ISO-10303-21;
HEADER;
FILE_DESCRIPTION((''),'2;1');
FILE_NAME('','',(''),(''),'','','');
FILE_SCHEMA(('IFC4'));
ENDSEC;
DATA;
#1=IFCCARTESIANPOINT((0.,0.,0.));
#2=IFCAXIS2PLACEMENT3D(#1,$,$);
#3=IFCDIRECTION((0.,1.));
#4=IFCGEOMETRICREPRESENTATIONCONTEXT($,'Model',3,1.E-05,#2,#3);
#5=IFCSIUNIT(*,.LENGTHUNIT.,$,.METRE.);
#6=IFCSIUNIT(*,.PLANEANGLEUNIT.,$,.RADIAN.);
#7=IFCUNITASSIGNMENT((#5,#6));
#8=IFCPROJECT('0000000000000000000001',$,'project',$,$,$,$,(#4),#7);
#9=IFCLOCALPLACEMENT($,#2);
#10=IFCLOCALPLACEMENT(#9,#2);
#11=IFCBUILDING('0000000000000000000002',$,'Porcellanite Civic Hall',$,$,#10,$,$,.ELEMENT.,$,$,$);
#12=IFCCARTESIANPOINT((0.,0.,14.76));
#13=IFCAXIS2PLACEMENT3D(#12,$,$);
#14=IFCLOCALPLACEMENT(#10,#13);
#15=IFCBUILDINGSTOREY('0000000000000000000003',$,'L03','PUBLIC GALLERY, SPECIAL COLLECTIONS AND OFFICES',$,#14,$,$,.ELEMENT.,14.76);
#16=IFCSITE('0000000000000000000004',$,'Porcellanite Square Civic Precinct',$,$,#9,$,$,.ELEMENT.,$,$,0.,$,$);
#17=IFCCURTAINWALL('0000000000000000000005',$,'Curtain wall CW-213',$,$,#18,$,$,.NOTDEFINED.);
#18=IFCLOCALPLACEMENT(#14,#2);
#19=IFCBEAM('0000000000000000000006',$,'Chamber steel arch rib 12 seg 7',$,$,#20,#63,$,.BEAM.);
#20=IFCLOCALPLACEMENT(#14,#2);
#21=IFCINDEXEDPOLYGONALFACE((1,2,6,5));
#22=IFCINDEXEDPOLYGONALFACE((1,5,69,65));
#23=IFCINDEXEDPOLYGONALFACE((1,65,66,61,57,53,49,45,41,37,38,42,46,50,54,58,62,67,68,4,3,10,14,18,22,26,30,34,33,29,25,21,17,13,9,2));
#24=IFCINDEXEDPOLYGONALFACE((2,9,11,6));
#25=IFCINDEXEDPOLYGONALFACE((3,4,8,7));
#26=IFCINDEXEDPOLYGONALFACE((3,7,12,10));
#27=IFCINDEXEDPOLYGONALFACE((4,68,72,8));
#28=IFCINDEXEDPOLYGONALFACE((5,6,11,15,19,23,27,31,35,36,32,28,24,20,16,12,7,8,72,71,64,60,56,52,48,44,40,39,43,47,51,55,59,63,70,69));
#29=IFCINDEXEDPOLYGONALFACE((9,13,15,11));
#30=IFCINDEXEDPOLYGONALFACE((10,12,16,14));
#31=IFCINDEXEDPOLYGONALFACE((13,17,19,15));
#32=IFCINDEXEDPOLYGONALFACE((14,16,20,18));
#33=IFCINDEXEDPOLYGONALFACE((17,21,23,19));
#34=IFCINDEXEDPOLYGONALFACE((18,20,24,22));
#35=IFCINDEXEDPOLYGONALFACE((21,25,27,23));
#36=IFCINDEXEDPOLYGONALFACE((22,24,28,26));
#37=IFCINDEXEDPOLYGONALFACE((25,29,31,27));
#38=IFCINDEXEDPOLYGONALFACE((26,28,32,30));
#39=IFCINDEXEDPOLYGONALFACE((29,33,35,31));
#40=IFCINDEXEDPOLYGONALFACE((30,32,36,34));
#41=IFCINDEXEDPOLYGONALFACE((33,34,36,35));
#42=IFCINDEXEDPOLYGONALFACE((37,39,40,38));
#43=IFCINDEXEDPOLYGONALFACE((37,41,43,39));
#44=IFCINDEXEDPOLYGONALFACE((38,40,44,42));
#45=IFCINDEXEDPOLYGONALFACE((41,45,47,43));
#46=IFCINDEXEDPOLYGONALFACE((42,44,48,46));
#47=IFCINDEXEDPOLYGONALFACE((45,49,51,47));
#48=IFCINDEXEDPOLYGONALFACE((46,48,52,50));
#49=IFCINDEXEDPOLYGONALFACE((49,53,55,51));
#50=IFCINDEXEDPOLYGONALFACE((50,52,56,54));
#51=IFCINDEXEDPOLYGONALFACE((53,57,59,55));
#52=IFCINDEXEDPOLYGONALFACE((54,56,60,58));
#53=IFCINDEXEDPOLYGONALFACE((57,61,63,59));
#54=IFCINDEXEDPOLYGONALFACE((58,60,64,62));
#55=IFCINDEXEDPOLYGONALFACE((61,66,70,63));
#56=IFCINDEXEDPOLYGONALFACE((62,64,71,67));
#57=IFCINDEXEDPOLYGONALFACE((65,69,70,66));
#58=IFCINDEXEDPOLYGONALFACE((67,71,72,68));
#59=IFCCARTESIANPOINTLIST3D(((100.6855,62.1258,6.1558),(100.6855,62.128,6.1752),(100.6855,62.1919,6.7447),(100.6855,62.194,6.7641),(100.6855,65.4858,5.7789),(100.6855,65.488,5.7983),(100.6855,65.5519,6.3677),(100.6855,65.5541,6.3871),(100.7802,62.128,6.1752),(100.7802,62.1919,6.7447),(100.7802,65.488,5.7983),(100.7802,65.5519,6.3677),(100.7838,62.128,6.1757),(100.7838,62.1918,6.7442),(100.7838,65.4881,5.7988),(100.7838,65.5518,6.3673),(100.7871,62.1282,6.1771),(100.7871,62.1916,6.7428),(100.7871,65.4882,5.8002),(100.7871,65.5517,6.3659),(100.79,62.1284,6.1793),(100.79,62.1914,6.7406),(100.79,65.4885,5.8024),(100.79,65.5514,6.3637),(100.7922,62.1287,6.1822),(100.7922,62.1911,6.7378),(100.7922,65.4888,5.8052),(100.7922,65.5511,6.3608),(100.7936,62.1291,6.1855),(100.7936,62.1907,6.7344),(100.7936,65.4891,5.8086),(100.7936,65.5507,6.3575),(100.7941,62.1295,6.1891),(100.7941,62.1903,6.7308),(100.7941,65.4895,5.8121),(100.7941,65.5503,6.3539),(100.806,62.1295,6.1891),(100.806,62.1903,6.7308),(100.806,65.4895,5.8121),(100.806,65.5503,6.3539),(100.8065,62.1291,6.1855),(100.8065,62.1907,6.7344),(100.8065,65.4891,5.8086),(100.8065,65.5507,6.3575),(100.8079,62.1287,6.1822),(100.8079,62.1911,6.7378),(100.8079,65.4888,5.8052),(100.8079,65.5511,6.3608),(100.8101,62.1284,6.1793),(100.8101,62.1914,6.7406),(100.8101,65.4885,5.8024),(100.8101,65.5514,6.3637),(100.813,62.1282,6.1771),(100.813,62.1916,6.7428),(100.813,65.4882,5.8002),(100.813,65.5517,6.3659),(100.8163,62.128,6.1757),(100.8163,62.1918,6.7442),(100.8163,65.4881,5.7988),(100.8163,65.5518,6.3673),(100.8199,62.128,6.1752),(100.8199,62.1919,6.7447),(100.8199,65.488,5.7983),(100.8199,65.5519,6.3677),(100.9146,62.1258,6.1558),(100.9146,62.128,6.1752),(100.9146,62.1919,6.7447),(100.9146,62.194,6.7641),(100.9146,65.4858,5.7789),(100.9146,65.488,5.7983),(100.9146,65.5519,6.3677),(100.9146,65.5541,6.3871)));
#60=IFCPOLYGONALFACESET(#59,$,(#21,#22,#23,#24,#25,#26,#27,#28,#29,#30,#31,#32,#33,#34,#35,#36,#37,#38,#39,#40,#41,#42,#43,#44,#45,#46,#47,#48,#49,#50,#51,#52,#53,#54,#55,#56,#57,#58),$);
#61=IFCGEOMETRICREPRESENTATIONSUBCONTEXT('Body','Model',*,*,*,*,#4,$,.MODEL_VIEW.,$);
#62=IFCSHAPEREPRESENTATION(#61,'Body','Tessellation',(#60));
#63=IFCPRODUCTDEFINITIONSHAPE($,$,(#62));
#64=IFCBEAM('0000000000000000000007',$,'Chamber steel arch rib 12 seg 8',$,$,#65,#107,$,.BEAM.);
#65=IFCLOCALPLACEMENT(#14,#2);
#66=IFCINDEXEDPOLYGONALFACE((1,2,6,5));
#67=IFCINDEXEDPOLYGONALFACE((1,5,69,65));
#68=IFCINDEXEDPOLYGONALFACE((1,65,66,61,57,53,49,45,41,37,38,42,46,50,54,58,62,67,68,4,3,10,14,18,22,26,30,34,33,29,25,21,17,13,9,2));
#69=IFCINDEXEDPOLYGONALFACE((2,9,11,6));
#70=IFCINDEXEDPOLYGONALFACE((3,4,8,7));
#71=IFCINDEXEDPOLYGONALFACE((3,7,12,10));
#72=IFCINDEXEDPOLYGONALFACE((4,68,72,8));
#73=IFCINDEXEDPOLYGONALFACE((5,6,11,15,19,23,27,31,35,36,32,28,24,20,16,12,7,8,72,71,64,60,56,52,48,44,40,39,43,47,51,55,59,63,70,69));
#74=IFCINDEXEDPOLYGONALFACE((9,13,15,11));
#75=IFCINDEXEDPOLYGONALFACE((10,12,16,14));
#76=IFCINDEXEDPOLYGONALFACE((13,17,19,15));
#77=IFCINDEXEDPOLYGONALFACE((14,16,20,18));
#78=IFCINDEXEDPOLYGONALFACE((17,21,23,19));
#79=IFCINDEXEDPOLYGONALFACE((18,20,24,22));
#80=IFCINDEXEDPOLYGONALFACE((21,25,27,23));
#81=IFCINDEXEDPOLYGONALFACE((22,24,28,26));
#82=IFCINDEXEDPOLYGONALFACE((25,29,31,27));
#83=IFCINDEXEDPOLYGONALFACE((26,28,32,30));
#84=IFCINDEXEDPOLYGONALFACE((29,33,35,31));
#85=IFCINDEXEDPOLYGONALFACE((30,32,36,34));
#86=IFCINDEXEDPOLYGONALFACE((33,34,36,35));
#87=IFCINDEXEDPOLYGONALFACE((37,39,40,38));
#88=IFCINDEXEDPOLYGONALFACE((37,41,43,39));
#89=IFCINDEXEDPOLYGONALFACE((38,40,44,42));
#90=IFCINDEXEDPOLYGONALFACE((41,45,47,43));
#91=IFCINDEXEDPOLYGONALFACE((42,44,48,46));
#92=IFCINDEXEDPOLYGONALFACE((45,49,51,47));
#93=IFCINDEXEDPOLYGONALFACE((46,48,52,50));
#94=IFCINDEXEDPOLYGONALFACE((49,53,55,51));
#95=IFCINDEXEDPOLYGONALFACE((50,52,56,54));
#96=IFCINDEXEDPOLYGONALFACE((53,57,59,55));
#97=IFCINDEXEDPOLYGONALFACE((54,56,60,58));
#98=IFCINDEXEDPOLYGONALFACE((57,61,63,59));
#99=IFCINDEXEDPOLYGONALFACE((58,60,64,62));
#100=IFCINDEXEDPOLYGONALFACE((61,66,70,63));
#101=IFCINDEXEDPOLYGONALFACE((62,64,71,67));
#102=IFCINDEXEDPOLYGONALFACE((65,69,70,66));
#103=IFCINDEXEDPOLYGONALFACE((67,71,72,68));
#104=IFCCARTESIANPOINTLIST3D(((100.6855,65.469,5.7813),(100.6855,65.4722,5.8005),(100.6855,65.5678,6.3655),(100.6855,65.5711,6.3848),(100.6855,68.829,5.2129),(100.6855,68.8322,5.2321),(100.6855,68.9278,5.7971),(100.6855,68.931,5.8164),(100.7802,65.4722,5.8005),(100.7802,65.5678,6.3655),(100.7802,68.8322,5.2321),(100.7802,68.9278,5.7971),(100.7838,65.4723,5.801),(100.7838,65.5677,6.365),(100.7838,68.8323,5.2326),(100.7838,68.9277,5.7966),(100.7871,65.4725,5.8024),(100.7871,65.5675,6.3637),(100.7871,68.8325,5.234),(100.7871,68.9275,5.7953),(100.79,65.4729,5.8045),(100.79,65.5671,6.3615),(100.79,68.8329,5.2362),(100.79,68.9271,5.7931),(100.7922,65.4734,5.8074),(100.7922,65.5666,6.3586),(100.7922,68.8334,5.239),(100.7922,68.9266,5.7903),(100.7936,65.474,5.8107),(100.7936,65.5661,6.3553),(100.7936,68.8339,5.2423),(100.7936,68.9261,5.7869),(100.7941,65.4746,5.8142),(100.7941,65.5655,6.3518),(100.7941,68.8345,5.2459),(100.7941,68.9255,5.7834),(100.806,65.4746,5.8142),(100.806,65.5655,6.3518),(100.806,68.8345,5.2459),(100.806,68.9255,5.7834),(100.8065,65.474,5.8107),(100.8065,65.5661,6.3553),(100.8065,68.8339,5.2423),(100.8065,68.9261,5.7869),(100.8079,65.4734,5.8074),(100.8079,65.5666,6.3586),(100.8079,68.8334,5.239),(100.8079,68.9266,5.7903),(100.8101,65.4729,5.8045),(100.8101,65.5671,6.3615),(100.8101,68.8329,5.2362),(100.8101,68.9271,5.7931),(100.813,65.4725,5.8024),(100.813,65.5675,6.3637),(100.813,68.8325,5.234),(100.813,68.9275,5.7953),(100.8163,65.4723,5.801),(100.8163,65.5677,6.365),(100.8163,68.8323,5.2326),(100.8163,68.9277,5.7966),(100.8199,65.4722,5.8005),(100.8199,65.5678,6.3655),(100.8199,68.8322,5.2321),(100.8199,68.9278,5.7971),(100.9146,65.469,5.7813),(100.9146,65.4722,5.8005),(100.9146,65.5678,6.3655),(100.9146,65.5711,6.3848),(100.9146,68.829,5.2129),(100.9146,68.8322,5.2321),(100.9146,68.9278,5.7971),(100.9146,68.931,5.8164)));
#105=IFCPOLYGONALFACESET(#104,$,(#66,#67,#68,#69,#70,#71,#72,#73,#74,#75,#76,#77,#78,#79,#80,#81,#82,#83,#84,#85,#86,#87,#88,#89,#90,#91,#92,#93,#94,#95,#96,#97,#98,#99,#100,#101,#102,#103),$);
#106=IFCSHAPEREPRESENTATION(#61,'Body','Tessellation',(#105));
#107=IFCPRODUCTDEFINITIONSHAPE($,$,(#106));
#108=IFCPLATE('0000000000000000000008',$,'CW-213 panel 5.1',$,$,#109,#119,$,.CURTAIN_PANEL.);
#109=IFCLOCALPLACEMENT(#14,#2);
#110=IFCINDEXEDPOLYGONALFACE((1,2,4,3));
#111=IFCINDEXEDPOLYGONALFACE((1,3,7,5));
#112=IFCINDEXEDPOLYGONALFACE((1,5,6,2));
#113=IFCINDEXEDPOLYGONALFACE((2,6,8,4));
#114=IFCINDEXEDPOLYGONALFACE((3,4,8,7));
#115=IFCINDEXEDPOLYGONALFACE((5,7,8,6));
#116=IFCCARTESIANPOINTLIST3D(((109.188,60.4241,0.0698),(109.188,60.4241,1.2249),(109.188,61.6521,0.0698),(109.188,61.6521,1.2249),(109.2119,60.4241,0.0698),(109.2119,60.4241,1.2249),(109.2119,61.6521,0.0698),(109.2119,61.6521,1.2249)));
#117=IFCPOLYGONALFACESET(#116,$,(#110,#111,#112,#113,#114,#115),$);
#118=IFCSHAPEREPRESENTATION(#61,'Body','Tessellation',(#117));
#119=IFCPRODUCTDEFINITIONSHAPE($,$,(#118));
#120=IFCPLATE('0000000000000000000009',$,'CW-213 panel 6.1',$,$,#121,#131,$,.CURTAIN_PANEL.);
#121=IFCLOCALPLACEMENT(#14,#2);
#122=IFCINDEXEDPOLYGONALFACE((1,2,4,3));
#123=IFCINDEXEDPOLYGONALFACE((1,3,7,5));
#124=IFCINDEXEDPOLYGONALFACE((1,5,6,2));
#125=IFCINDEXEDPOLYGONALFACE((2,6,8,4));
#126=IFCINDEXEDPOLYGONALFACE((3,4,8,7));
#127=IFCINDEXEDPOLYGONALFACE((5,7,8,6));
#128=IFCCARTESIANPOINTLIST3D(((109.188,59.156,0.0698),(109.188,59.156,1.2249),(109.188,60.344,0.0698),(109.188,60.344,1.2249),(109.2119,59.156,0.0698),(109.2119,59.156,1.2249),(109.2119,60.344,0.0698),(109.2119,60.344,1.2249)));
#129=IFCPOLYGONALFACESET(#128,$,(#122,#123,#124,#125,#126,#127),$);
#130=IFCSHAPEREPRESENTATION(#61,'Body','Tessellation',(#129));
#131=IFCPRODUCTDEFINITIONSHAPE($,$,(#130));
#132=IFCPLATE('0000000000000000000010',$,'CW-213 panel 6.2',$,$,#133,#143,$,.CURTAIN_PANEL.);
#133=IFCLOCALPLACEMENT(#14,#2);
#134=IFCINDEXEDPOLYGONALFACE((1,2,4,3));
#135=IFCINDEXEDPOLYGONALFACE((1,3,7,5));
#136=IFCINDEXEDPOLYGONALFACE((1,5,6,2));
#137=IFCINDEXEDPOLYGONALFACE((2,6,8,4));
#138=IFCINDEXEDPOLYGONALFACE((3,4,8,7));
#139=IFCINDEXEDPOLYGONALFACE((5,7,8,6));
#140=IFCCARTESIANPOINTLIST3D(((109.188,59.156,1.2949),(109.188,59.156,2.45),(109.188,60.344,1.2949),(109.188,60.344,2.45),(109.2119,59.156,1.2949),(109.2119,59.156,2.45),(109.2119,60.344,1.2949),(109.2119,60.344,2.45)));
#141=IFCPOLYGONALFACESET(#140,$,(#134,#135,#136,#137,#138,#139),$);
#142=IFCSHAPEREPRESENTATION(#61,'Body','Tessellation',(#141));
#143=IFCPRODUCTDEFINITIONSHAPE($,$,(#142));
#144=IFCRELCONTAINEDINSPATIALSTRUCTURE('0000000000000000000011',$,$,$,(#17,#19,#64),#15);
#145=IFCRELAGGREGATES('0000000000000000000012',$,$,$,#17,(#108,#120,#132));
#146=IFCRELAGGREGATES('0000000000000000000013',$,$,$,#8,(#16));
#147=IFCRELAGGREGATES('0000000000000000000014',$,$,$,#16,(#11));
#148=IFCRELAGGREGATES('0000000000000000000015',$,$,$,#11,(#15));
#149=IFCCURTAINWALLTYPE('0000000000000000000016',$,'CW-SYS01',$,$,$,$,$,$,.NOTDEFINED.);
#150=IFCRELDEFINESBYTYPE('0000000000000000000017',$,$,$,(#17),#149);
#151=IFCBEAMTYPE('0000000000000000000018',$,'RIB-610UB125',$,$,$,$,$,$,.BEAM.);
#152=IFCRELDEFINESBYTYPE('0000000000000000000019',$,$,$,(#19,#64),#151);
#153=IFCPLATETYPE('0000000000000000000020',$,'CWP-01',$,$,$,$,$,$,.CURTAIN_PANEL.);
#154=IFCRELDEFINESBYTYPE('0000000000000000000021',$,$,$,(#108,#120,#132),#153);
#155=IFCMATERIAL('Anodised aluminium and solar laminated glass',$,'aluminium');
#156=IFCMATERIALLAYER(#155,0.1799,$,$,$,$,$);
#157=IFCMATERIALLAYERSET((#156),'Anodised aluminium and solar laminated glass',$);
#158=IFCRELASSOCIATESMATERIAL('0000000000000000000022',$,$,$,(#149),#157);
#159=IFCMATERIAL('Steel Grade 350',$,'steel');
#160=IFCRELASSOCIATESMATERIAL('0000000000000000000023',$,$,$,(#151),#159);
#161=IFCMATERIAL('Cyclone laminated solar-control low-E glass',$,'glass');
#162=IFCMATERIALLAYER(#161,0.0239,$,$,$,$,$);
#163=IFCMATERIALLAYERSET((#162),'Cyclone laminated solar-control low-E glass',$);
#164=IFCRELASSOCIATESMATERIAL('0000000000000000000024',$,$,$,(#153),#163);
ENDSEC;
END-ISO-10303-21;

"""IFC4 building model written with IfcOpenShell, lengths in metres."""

from ifc_helpers import new_model, si_unit, direction, frame, origin, origin_2d, place, context, subcontext, project, spatial, rectangle, i_section, extrude, material, layer, layer_set, material_profile, profile_set, type_object, element, aggregate, save


model = new_model("IFC4")

# Units and contexts
model_context = context("Model", 3, precision=1e-05, world=origin(), true_north=direction((0.0, 1.0)))
body_context = subcontext(model_context, "Body", "Model", "MODEL_VIEW")
ifc_project = project(units=[si_unit("LENGTHUNIT", "METRE"), si_unit("PLANEANGLEUNIT", "RADIAN")], contexts=[model_context])

# Site, building, storey
site_placement = place(None, origin())
site = spatial("IfcSite", under=ifc_project, at=site_placement, Name="Porcellanite Square Civic Precinct", CompositionType="ELEMENT", RefElevation=0.0)
building_placement = place(site_placement, origin())
building = spatial("IfcBuilding", under=site, at=building_placement, Name="Porcellanite Civic Hall", CompositionType="ELEMENT")
storey_placement = place(building_placement, frame((0.0, 0.0, 14.76)))
storey = spatial("IfcBuildingStorey", under=building, at=storey_placement, Name="L03", Description="PUBLIC GALLERY, SPECIAL COLLECTIONS AND OFFICES", CompositionType="ELEMENT", Elevation=14.76)

# Curtain wall
ifc_material_1 = material(Name="Anodised aluminium and solar laminated glass", Category="aluminium")
ifc_layer_1 = layer(ifc_material_1, 0.1799)
ifc_layer_set_1 = layer_set([ifc_layer_1], Name="Anodised aluminium and solar laminated glass")
curtain_wall_type = type_object("IfcCurtainWallType", Name="CW-SYS01", PredefinedType="NOTDEFINED", material=ifc_layer_set_1)
curtain_wall_placement = place(storey_placement, origin())
curtain_wall = element("IfcCurtainWall", 1, at=curtain_wall_placement, inside=storey, type_object=curtain_wall_type, Name="Curtain wall CW-213", PredefinedType="NOTDEFINED")

# Beams
ifc_material_2 = material(Name="Steel Grade 350", Category="steel")
ifc_material_profile_1 = material_profile(ifc_material_2, i_section(OverallWidth=0.229, OverallDepth=0.6121, WebThickness=0.012, FlangeThickness=0.0195, FilletRadius=0.0139, at=origin_2d()), Name="610UB125")
ifc_profile_set_1 = profile_set([ifc_material_profile_1], Name="Steel Grade 350")
beam_type_1 = type_object("IfcBeamType", Name="RIB-610UB125", PredefinedType="BEAM", material=ifc_profile_set_1)
beam_1_placement = place(storey_placement, frame((100.8, 62.1599, 6.46), z_axis=(0.0, 0.993766, -0.111485), x_axis=(-1.0, 0.0, 0.0)))
element("IfcBeam", 2, at=beam_1_placement, inside=storey, type_object=beam_type_1, Name="Chamber steel arch rib 12 seg 7", PredefinedType="BEAM", context=body_context, shape_type="SweptSolid", body=[
    extrude(i_section(OverallWidth=0.229, OverallDepth=0.6121, WebThickness=0.012, FlangeThickness=0.0195, FilletRadius=0.0139, at=origin_2d()), origin(), (0.0, 0.0, 1.0), 3.3811),
])
beam_2_placement = place(storey_placement, frame((100.8, 65.52, 6.083), z_axis=(0.0, 0.985992, -0.166792), x_axis=(-1.0, 0.0, 0.0)))
element("IfcBeam", 3, at=beam_2_placement, inside=storey, type_object=beam_type_1, Name="Chamber steel arch rib 12 seg 8", PredefinedType="BEAM", context=body_context, shape_type="SweptSolid", body=[
    extrude(i_section(OverallWidth=0.229, OverallDepth=0.6121, WebThickness=0.012, FlangeThickness=0.0195, FilletRadius=0.0139, at=origin_2d()), origin(), (0.0, 0.0, 1.0), 3.4077),
])

# Plates
ifc_material_3 = material(Name="Cyclone laminated solar-control low-E glass", Category="glass")
ifc_layer_2 = layer(ifc_material_3, 0.0239)
ifc_layer_set_2 = layer_set([ifc_layer_2], Name="Cyclone laminated solar-control low-E glass")
plate_type = type_object("IfcPlateType", Name="CWP-01", PredefinedType="CURTAIN_PANEL", material=ifc_layer_set_2)
plate_1_placement = place(storey_placement, frame((109.2, 61.0381, 0.0698), z_axis=(0.0, 0.0, 1.0), x_axis=(0.0, -1.0, 0.0)))
plate_1 = element("IfcPlate", 4, at=plate_1_placement, type_object=plate_type, Name="CW-213 panel 5.1", PredefinedType="CURTAIN_PANEL", context=body_context, shape_type="SweptSolid", body=[
    extrude(rectangle(XDim=1.228, YDim=0.0239, at=origin_2d()), origin(), (0.0, 0.0, 1.0), 1.155),
])
plate_2_placement = place(storey_placement, frame((109.2, 59.75, 0.0698), z_axis=(0.0, 0.0, 1.0), x_axis=(0.0, -1.0, 0.0)))
plate_2 = element("IfcPlate", 5, at=plate_2_placement, type_object=plate_type, Name="CW-213 panel 6.1", PredefinedType="CURTAIN_PANEL", context=body_context, shape_type="SweptSolid", body=[
    extrude(rectangle(XDim=1.188, YDim=0.0239, at=origin_2d()), origin(), (0.0, 0.0, 1.0), 1.155),
])
plate_3_placement = place(storey_placement, frame((109.2, 59.75, 1.2949), z_axis=(0.0, 0.0, 1.0), x_axis=(0.0, -1.0, 0.0)))
plate_3 = element("IfcPlate", 6, at=plate_3_placement, type_object=plate_type, Name="CW-213 panel 6.2", PredefinedType="CURTAIN_PANEL", context=body_context, shape_type="SweptSolid", body=[
    extrude(rectangle(XDim=1.188, YDim=0.0239, at=origin_2d()), origin(), (0.0, 0.0, 1.0), 1.155),
])
aggregate(curtain_wall, [plate_1, plate_2, plate_3])

save(model, "model.ifc")
